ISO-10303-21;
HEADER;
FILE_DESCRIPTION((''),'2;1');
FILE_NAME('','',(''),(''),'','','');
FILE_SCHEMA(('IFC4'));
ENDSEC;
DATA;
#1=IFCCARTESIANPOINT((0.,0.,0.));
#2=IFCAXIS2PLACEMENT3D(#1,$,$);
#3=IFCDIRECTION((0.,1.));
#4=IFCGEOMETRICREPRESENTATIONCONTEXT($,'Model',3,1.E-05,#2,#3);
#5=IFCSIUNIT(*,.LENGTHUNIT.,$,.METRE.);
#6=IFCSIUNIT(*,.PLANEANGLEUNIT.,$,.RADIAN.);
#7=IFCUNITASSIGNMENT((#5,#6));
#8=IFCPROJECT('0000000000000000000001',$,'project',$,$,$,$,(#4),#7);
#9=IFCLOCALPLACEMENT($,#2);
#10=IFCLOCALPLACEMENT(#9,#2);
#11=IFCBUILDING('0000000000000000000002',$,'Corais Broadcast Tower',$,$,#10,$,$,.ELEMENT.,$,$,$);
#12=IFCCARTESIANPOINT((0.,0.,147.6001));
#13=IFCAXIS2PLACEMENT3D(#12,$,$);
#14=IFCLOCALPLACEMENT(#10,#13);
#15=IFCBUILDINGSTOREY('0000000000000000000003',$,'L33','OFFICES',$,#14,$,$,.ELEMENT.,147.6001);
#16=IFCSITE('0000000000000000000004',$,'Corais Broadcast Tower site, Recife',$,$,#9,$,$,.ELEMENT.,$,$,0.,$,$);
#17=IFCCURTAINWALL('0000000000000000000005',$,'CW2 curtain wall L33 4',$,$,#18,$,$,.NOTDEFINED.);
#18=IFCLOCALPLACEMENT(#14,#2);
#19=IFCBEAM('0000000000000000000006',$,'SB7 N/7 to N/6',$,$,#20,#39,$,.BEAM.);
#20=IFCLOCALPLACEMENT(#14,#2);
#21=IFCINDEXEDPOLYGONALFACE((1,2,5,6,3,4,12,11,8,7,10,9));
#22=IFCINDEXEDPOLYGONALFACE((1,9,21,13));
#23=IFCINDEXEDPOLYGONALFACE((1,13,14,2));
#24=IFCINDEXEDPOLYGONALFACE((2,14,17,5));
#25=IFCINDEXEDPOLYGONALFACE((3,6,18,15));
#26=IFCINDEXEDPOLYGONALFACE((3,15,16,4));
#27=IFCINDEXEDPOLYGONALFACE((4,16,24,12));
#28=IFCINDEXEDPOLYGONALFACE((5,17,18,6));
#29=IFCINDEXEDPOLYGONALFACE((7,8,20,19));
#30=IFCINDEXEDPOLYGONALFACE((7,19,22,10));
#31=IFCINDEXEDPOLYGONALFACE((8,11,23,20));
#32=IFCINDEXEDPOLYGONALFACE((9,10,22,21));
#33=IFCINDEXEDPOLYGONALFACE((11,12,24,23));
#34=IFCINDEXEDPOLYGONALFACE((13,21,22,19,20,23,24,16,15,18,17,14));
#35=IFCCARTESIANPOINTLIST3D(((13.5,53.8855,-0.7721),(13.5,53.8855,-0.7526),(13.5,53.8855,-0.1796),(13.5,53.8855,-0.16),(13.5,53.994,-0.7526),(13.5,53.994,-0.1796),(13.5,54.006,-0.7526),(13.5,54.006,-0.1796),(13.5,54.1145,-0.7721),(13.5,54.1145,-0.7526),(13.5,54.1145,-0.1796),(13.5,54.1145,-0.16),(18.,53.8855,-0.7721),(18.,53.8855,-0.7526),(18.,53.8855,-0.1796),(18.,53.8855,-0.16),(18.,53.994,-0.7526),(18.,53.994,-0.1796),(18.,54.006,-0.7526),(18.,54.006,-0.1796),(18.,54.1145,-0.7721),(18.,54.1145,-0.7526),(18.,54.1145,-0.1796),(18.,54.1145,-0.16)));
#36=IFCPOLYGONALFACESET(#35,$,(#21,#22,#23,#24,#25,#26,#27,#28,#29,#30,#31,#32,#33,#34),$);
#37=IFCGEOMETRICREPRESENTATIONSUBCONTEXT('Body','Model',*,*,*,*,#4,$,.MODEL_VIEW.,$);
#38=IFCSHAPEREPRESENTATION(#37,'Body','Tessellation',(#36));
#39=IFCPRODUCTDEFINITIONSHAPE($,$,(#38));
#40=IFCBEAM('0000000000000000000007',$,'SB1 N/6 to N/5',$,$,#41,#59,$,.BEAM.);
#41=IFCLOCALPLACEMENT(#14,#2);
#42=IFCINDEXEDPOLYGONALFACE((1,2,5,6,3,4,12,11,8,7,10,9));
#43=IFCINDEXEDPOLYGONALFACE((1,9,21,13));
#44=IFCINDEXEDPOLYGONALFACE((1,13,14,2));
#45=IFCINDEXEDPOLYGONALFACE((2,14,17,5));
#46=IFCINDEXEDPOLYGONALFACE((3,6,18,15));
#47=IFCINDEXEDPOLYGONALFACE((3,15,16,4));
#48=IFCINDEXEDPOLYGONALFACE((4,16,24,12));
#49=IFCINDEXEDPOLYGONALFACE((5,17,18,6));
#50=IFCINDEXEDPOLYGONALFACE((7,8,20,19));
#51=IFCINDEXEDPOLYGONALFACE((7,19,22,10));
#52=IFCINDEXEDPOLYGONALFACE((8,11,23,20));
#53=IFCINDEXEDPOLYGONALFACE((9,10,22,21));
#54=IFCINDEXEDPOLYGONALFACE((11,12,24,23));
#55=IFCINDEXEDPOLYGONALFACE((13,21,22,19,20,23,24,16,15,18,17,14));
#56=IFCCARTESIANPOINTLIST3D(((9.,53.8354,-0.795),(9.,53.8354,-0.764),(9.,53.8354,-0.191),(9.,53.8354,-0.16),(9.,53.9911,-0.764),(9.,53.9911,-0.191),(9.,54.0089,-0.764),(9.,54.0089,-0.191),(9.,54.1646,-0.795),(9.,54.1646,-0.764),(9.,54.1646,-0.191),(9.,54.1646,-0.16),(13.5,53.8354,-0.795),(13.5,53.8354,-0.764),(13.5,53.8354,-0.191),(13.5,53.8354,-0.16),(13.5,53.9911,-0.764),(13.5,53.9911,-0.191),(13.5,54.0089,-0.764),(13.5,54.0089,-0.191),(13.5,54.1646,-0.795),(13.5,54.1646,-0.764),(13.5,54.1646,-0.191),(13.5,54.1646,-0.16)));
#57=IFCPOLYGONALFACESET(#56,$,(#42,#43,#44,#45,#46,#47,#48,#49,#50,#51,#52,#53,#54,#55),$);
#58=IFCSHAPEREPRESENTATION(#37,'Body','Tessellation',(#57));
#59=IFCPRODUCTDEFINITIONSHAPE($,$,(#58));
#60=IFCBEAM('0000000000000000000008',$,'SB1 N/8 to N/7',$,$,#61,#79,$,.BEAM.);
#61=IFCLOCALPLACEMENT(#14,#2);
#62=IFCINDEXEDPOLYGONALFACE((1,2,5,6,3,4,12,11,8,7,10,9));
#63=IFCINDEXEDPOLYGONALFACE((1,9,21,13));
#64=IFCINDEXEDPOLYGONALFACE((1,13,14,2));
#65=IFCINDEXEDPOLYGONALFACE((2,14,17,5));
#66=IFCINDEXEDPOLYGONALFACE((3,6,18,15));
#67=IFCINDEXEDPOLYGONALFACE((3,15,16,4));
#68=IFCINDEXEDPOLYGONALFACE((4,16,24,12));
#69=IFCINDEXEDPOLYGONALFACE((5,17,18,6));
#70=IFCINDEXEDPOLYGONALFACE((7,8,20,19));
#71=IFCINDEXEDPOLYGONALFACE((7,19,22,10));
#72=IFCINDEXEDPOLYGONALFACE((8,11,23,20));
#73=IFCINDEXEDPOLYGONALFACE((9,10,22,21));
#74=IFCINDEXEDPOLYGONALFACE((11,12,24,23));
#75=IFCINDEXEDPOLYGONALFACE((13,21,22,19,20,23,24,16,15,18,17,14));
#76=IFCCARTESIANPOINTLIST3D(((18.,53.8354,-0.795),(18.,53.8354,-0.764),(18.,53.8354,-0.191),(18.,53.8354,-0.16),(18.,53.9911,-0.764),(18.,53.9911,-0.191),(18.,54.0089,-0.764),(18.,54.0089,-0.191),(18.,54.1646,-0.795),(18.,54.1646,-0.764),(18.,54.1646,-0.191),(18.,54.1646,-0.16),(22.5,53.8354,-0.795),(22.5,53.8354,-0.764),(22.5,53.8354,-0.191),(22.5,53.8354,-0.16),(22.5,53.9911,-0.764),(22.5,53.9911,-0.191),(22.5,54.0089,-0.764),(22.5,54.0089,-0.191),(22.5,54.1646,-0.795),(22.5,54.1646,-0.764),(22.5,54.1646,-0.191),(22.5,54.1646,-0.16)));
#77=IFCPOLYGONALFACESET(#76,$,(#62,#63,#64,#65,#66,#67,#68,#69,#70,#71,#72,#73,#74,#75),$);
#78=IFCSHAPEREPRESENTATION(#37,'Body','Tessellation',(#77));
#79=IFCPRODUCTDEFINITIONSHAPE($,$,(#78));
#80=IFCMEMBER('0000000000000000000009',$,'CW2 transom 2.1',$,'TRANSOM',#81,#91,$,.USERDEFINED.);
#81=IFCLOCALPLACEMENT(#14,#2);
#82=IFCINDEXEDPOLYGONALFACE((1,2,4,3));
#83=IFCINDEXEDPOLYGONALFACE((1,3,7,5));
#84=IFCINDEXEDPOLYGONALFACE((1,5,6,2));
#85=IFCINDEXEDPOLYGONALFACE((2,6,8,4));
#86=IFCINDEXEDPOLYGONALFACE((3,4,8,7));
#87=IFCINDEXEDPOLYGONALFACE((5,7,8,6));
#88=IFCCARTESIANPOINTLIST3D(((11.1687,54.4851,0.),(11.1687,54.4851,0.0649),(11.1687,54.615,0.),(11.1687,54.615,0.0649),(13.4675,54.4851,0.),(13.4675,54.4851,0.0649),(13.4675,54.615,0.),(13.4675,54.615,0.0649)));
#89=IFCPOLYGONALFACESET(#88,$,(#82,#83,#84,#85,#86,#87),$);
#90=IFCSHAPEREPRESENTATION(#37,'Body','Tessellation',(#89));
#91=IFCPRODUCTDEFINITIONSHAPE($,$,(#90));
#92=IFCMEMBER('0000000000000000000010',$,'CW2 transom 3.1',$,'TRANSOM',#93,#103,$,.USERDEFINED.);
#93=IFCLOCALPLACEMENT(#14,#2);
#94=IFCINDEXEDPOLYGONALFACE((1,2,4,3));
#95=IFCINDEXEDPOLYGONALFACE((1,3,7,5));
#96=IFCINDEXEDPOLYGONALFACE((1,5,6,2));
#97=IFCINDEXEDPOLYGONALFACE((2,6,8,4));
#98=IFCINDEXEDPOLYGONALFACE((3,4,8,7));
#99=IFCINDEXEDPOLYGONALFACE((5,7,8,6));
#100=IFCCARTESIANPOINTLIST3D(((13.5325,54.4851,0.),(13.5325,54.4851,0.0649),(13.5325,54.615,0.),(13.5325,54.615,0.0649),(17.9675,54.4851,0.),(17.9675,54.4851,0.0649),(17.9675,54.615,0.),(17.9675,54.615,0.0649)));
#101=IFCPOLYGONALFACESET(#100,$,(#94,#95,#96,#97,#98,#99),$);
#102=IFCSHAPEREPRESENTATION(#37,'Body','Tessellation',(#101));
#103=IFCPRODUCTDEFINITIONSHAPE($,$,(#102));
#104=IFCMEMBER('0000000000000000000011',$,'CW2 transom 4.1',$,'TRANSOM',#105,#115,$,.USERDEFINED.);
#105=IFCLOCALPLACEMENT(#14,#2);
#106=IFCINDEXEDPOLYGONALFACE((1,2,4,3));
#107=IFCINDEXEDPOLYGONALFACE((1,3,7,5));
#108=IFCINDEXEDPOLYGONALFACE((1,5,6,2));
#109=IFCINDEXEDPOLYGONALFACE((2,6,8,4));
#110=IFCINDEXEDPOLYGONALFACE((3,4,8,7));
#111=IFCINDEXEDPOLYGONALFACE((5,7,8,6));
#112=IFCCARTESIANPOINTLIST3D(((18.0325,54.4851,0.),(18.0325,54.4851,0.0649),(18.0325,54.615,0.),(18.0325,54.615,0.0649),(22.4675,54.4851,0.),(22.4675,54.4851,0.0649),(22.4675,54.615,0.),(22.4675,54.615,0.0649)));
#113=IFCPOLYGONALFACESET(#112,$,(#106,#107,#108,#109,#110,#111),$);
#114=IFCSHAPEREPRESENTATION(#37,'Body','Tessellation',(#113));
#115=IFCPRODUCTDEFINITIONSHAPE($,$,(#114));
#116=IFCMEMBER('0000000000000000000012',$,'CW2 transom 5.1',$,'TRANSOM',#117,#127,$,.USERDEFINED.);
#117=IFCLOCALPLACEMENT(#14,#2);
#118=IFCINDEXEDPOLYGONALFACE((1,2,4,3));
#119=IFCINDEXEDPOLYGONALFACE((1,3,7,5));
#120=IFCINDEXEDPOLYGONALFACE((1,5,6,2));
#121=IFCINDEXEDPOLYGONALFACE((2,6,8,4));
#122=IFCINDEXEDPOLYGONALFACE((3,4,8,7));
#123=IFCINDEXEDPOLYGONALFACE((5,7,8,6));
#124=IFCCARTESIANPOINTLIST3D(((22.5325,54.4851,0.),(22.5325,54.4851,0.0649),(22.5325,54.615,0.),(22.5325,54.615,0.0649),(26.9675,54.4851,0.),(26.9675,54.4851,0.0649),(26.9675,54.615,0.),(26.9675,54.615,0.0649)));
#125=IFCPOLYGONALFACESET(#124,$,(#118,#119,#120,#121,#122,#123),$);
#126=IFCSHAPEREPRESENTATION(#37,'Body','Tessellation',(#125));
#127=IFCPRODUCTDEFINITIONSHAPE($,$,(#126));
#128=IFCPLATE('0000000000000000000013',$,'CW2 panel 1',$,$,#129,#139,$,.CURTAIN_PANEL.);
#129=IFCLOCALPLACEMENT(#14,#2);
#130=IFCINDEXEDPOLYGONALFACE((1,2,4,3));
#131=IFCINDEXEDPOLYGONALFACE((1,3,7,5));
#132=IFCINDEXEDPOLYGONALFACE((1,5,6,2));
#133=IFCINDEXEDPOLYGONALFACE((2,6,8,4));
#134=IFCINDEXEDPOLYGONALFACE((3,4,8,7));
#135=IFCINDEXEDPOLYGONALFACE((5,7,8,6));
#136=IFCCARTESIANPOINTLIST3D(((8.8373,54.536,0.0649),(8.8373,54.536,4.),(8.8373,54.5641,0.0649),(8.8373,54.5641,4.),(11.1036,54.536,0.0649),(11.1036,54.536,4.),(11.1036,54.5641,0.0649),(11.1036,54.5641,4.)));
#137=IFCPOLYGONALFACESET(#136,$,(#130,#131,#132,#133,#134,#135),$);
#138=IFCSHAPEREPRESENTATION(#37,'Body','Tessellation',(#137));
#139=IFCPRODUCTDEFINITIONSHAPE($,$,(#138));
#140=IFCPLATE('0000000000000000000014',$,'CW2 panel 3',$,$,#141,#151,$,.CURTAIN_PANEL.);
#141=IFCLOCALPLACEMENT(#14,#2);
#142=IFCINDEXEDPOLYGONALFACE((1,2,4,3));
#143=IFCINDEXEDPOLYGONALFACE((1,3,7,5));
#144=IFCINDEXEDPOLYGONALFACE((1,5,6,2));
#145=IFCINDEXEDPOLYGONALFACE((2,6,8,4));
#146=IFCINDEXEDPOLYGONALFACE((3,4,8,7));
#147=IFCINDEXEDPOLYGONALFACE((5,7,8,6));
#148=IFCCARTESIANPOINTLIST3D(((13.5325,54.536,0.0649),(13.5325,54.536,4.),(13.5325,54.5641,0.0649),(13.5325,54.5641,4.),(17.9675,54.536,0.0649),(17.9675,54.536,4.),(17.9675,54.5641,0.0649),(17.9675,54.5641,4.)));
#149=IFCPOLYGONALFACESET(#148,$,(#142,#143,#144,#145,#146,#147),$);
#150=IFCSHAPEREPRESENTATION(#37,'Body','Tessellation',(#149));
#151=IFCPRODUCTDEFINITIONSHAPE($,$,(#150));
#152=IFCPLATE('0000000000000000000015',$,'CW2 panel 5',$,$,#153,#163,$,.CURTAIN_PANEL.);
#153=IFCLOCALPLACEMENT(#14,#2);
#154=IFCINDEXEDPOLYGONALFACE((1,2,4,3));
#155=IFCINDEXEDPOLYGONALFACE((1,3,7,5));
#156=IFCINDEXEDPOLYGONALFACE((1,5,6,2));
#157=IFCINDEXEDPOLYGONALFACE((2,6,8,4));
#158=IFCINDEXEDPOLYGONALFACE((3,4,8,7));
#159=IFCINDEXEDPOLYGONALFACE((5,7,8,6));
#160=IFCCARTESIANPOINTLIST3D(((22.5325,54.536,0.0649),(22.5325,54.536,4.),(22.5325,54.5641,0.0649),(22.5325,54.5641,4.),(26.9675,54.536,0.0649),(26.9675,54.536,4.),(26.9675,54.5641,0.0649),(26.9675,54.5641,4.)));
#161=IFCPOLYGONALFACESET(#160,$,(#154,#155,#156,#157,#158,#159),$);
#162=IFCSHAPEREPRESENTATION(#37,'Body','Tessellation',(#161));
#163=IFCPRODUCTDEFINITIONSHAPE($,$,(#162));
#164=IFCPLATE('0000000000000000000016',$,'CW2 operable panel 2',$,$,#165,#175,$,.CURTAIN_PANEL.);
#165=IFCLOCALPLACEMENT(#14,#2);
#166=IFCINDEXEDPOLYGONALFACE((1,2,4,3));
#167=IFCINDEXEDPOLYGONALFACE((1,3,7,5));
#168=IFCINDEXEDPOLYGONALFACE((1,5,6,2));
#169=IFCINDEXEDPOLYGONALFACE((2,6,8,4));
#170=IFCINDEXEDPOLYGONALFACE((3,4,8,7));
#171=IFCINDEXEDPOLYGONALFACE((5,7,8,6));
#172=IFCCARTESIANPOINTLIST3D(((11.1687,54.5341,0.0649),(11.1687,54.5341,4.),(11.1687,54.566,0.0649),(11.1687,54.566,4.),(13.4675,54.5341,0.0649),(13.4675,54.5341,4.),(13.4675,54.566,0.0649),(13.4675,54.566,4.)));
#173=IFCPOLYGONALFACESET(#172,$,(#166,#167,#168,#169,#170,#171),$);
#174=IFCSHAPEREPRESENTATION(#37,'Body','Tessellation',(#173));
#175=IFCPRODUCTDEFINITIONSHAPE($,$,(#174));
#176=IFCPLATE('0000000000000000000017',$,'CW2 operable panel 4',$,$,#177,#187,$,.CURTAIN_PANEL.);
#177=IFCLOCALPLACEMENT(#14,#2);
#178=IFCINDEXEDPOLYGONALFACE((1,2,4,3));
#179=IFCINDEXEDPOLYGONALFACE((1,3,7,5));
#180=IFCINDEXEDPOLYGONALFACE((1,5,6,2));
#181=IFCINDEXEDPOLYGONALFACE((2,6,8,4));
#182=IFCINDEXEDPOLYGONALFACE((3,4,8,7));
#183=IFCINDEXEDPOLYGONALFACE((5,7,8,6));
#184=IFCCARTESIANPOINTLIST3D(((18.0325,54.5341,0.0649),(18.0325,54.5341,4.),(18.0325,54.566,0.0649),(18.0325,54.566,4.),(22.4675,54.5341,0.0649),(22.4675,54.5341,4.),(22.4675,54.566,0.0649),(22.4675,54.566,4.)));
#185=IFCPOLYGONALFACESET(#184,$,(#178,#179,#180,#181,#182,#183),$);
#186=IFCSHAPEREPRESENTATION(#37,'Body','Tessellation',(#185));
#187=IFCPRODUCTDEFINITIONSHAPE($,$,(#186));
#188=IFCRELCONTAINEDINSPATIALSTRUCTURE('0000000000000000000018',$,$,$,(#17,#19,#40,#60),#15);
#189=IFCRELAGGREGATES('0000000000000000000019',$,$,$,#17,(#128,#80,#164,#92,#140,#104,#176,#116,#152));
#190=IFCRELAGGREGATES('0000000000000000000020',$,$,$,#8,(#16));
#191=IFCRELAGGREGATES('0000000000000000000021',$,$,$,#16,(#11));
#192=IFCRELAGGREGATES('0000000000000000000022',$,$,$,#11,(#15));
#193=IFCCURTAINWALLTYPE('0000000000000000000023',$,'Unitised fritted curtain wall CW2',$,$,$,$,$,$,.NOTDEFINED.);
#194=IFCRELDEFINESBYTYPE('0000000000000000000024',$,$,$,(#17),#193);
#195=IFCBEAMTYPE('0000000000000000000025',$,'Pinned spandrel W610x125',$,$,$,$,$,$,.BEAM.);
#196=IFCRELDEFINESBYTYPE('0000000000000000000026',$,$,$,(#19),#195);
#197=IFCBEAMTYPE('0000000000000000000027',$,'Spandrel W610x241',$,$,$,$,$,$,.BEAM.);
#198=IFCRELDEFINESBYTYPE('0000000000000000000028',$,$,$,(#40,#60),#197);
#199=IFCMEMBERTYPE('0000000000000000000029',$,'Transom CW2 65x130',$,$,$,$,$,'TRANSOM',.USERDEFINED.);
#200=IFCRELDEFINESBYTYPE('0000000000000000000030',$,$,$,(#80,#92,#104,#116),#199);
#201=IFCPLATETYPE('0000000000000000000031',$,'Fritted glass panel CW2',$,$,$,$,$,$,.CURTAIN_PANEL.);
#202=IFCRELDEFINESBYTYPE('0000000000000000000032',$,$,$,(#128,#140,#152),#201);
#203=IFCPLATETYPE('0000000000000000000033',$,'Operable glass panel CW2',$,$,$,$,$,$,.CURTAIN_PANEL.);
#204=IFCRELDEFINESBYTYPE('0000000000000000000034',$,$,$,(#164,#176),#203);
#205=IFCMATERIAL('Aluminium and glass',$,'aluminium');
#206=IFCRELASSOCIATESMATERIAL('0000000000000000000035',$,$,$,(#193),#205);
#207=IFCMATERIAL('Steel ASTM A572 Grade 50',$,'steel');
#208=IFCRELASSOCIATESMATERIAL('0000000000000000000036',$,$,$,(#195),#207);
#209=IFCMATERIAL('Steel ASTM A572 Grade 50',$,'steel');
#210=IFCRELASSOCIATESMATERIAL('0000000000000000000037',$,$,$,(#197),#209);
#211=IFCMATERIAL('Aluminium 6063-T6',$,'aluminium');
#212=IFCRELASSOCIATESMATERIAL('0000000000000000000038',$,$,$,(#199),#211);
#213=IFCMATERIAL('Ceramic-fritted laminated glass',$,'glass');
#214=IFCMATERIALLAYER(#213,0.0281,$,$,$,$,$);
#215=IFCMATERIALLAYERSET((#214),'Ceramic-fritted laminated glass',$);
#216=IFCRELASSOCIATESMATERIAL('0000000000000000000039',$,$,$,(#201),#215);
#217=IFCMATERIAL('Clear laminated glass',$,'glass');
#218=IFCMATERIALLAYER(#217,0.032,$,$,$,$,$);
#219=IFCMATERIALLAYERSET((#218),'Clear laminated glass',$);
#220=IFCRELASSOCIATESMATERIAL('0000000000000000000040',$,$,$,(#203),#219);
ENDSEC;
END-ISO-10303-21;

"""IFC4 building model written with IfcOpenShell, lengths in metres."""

from ifc_helpers import new_model, si_unit, direction, frame, origin, origin_2d, place, context, subcontext, project, spatial, rectangle, i_section, extrude, material, layer, layer_set, material_profile, profile_set, type_object, element, aggregate, save


model = new_model("IFC4")

# Units and contexts
model_context = context("Model", 3, precision=1e-05, world=origin(), true_north=direction((0.0, 1.0)))
body_context = subcontext(model_context, "Body", "Model", "MODEL_VIEW")
ifc_project = project(units=[si_unit("LENGTHUNIT", "METRE"), si_unit("PLANEANGLEUNIT", "RADIAN")], contexts=[model_context])

# Site, building, storey
site_placement = place(None, origin())
site = spatial("IfcSite", under=ifc_project, at=site_placement, Name="Corais Broadcast Tower site, Recife", CompositionType="ELEMENT", RefElevation=0.0)
building_placement = place(site_placement, origin())
building = spatial("IfcBuilding", under=site, at=building_placement, Name="Corais Broadcast Tower", CompositionType="ELEMENT")
storey_placement = place(building_placement, frame((0.0, 0.0, 147.6001)))
storey = spatial("IfcBuildingStorey", under=building, at=storey_placement, Name="L33", Description="OFFICES", CompositionType="ELEMENT", Elevation=147.6001)

# Curtain wall
ifc_material_1 = material(Name="Aluminium and glass", Category="aluminium")
curtain_wall_type = type_object("IfcCurtainWallType", Name="Unitised fritted curtain wall CW2", PredefinedType="NOTDEFINED", material=ifc_material_1)
curtain_wall_placement = place(storey_placement, origin())
curtain_wall = element("IfcCurtainWall", 1, at=curtain_wall_placement, inside=storey, type_object=curtain_wall_type, Name="CW2 curtain wall L33 4", PredefinedType="NOTDEFINED")

# Beams
ifc_material_2 = material(Name="Steel ASTM A572 Grade 50", Category="steel")
ifc_material_profile_1 = material_profile(ifc_material_2, i_section(OverallWidth=0.229, OverallDepth=0.6121, WebThickness=0.012, FlangeThickness=0.0195, at=origin_2d()), Name="W610x125")
ifc_profile_set_1 = profile_set([ifc_material_profile_1], Name="Steel ASTM A572 Grade 50")
beam_type_1 = type_object("IfcBeamType", Name="Pinned spandrel W610x125", PredefinedType="BEAM", material=ifc_profile_set_1)
beam_placement = place(storey_placement, frame((18.0, 54.0, -0.4661), z_axis=(-1.0, 0.0, 0.0), x_axis=(0.0, -1.0, 0.0)))
element("IfcBeam", 2, at=beam_placement, inside=storey, type_object=beam_type_1, Name="SB7 N/7 to N/6", PredefinedType="BEAM", context=body_context, shape_type="SweptSolid", body=[
    extrude(i_section(OverallWidth=0.229, OverallDepth=0.6121, WebThickness=0.012, FlangeThickness=0.0195, at=origin_2d()), origin(), (0.0, 0.0, 1.0), 4.5),
])
ifc_material_3 = material(Name="Steel ASTM A572 Grade 50", Category="steel")
ifc_material_profile_2 = material_profile(ifc_material_3, i_section(OverallWidth=0.3291, OverallDepth=0.635, WebThickness=0.0178, FlangeThickness=0.031, at=origin_2d()), Name="W610x241")
ifc_profile_set_2 = profile_set([ifc_material_profile_2], Name="Steel ASTM A572 Grade 50")
beam_type_2 = type_object("IfcBeamType", Name="Spandrel W610x241", PredefinedType="BEAM", material=ifc_profile_set_2)
for number, where, z_axis, x_axis, name in (
    (3, (13.5, 54.0, -0.4775), (-1.0, 0.0, 0.0), (0.0, -1.0, 0.0), "SB1 N/6 to N/5"),
    (4, (22.5, 54.0, -0.4775), (-1.0, 0.0, 0.0), (0.0, -1.0, 0.0), "SB1 N/8 to N/7"),
):
    element("IfcBeam", number, at=place(storey_placement, frame(where, z_axis=z_axis, x_axis=x_axis)), inside=storey, type_object=beam_type_2, Name=name, PredefinedType="BEAM", context=body_context, shape_type="SweptSolid", body=[
        extrude(i_section(OverallWidth=0.3291, OverallDepth=0.635, WebThickness=0.0178, FlangeThickness=0.031, at=origin_2d()), origin(), (0.0, 0.0, 1.0), 4.5),
    ])

# Members
ifc_material_4 = material(Name="Aluminium 6063-T6", Category="aluminium")
ifc_material_profile_3 = material_profile(ifc_material_4, rectangle(XDim=0.1299, YDim=0.0649, at=origin_2d()), Name="Transom CW2 65x130")
ifc_profile_set_3 = profile_set([ifc_material_profile_3], Name="Aluminium 6063-T6")
member_type_1 = type_object("IfcMemberType", Name="Transom CW2 65x130", ElementType="TRANSOM", PredefinedType="USERDEFINED", material=ifc_profile_set_3)
member_1_placement = place(storey_placement, frame((11.1687, 54.55, 0.0325), z_axis=(1.0, 0.0, 0.0), x_axis=(0.0, 1.0, 0.0)))
member_1 = element("IfcMember", 5, at=member_1_placement, type_object=member_type_1, Name="CW2 transom 2.1", ObjectType="TRANSOM", PredefinedType="USERDEFINED", context=body_context, shape_type="SweptSolid", body=[
    extrude(rectangle(XDim=0.1299, YDim=0.0649, at=origin_2d()), origin(), (0.0, 0.0, 1.0), 2.2988),
])
member_2_placement = place(storey_placement, frame((13.5325, 54.55, 0.0325), z_axis=(1.0, 0.0, 0.0), x_axis=(0.0, 1.0, 0.0)))
member_2 = element("IfcMember", 6, at=member_2_placement, type_object=member_type_1, Name="CW2 transom 3.1", ObjectType="TRANSOM", PredefinedType="USERDEFINED", context=body_context, shape_type="SweptSolid", body=[
    extrude(rectangle(XDim=0.1299, YDim=0.0649, at=origin_2d()), origin(), (0.0, 0.0, 1.0), 4.4351),
])
member_3_placement = place(storey_placement, frame((18.0325, 54.55, 0.0325), z_axis=(1.0, 0.0, 0.0), x_axis=(0.0, 1.0, 0.0)))
member_3 = element("IfcMember", 7, at=member_3_placement, type_object=member_type_1, Name="CW2 transom 4.1", ObjectType="TRANSOM", PredefinedType="USERDEFINED", context=body_context, shape_type="SweptSolid", body=[
    extrude(rectangle(XDim=0.1299, YDim=0.0649, at=origin_2d()), origin(), (0.0, 0.0, 1.0), 4.4351),
])
member_4_placement = place(storey_placement, frame((22.5325, 54.55, 0.0325), z_axis=(1.0, 0.0, 0.0), x_axis=(0.0, 1.0, 0.0)))
member_4 = element("IfcMember", 8, at=member_4_placement, type_object=member_type_1, Name="CW2 transom 5.1", ObjectType="TRANSOM", PredefinedType="USERDEFINED", context=body_context, shape_type="SweptSolid", body=[
    extrude(rectangle(XDim=0.1299, YDim=0.0649, at=origin_2d()), origin(), (0.0, 0.0, 1.0), 4.4351),
])

# Plates
ifc_material_5 = material(Name="Ceramic-fritted laminated glass", Category="glass")
ifc_layer_1 = layer(ifc_material_5, 0.0281)
ifc_layer_set_1 = layer_set([ifc_layer_1], Name="Ceramic-fritted laminated glass")
plate_type_1 = type_object("IfcPlateType", Name="Fritted glass panel CW2", PredefinedType="CURTAIN_PANEL", material=ifc_layer_set_1)
plate_1_placement = place(storey_placement, frame((9.9705, 54.55, 0.0649), z_axis=(0.0, 0.0, 1.0), x_axis=(1.0, 0.0, 0.0)))
plate_1 = element("IfcPlate", 9, at=plate_1_placement, type_object=plate_type_1, Name="CW2 panel 1", PredefinedType="CURTAIN_PANEL", context=body_context, shape_type="SweptSolid", body=[
    extrude(rectangle(XDim=2.2664, YDim=0.0281, at=origin_2d()), origin(), (0.0, 0.0, 1.0), 3.9351),
])
plate_2_placement = place(storey_placement, frame((15.75, 54.55, 0.0649), z_axis=(0.0, 0.0, 1.0), x_axis=(1.0, 0.0, 0.0)))
plate_2 = element("IfcPlate", 10, at=plate_2_placement, type_object=plate_type_1, Name="CW2 panel 3", PredefinedType="CURTAIN_PANEL", context=body_context, shape_type="SweptSolid", body=[
    extrude(rectangle(XDim=4.4351, YDim=0.0281, at=origin_2d()), origin(), (0.0, 0.0, 1.0), 3.9351),
])
plate_3_placement = place(storey_placement, frame((24.75, 54.55, 0.0649), z_axis=(0.0, 0.0, 1.0), x_axis=(1.0, 0.0, 0.0)))
plate_3 = element("IfcPlate", 11, at=plate_3_placement, type_object=plate_type_1, Name="CW2 panel 5", PredefinedType="CURTAIN_PANEL", context=body_context, shape_type="SweptSolid", body=[
    extrude(rectangle(XDim=4.4351, YDim=0.0281, at=origin_2d()), origin(), (0.0, 0.0, 1.0), 3.9351),
])
ifc_material_6 = material(Name="Clear laminated glass", Category="glass")
ifc_layer_2 = layer(ifc_material_6, 0.032)
ifc_layer_set_2 = layer_set([ifc_layer_2], Name="Clear laminated glass")
plate_type_2 = type_object("IfcPlateType", Name="Operable glass panel CW2", PredefinedType="CURTAIN_PANEL", material=ifc_layer_set_2)
plate_4_placement = place(storey_placement, frame((12.3181, 54.55, 0.0649), z_axis=(0.0, 0.0, 1.0), x_axis=(1.0, 0.0, 0.0)))
plate_4 = element("IfcPlate", 12, at=plate_4_placement, type_object=plate_type_2, Name="CW2 operable panel 2", PredefinedType="CURTAIN_PANEL", context=body_context, shape_type="SweptSolid", body=[
    extrude(rectangle(XDim=2.2988, YDim=0.032, at=origin_2d()), origin(), (0.0, 0.0, 1.0), 3.9351),
])
plate_5_placement = place(storey_placement, frame((20.25, 54.55, 0.0649), z_axis=(0.0, 0.0, 1.0), x_axis=(1.0, 0.0, 0.0)))
plate_5 = element("IfcPlate", 13, at=plate_5_placement, type_object=plate_type_2, Name="CW2 operable panel 4", PredefinedType="CURTAIN_PANEL", context=body_context, shape_type="SweptSolid", body=[
    extrude(rectangle(XDim=4.4351, YDim=0.032, at=origin_2d()), origin(), (0.0, 0.0, 1.0), 3.9351),
])
aggregate(curtain_wall, [plate_1, member_1, plate_4, member_2, plate_2, member_3, plate_5, member_4, plate_3])

save(model, "model.ifc")
